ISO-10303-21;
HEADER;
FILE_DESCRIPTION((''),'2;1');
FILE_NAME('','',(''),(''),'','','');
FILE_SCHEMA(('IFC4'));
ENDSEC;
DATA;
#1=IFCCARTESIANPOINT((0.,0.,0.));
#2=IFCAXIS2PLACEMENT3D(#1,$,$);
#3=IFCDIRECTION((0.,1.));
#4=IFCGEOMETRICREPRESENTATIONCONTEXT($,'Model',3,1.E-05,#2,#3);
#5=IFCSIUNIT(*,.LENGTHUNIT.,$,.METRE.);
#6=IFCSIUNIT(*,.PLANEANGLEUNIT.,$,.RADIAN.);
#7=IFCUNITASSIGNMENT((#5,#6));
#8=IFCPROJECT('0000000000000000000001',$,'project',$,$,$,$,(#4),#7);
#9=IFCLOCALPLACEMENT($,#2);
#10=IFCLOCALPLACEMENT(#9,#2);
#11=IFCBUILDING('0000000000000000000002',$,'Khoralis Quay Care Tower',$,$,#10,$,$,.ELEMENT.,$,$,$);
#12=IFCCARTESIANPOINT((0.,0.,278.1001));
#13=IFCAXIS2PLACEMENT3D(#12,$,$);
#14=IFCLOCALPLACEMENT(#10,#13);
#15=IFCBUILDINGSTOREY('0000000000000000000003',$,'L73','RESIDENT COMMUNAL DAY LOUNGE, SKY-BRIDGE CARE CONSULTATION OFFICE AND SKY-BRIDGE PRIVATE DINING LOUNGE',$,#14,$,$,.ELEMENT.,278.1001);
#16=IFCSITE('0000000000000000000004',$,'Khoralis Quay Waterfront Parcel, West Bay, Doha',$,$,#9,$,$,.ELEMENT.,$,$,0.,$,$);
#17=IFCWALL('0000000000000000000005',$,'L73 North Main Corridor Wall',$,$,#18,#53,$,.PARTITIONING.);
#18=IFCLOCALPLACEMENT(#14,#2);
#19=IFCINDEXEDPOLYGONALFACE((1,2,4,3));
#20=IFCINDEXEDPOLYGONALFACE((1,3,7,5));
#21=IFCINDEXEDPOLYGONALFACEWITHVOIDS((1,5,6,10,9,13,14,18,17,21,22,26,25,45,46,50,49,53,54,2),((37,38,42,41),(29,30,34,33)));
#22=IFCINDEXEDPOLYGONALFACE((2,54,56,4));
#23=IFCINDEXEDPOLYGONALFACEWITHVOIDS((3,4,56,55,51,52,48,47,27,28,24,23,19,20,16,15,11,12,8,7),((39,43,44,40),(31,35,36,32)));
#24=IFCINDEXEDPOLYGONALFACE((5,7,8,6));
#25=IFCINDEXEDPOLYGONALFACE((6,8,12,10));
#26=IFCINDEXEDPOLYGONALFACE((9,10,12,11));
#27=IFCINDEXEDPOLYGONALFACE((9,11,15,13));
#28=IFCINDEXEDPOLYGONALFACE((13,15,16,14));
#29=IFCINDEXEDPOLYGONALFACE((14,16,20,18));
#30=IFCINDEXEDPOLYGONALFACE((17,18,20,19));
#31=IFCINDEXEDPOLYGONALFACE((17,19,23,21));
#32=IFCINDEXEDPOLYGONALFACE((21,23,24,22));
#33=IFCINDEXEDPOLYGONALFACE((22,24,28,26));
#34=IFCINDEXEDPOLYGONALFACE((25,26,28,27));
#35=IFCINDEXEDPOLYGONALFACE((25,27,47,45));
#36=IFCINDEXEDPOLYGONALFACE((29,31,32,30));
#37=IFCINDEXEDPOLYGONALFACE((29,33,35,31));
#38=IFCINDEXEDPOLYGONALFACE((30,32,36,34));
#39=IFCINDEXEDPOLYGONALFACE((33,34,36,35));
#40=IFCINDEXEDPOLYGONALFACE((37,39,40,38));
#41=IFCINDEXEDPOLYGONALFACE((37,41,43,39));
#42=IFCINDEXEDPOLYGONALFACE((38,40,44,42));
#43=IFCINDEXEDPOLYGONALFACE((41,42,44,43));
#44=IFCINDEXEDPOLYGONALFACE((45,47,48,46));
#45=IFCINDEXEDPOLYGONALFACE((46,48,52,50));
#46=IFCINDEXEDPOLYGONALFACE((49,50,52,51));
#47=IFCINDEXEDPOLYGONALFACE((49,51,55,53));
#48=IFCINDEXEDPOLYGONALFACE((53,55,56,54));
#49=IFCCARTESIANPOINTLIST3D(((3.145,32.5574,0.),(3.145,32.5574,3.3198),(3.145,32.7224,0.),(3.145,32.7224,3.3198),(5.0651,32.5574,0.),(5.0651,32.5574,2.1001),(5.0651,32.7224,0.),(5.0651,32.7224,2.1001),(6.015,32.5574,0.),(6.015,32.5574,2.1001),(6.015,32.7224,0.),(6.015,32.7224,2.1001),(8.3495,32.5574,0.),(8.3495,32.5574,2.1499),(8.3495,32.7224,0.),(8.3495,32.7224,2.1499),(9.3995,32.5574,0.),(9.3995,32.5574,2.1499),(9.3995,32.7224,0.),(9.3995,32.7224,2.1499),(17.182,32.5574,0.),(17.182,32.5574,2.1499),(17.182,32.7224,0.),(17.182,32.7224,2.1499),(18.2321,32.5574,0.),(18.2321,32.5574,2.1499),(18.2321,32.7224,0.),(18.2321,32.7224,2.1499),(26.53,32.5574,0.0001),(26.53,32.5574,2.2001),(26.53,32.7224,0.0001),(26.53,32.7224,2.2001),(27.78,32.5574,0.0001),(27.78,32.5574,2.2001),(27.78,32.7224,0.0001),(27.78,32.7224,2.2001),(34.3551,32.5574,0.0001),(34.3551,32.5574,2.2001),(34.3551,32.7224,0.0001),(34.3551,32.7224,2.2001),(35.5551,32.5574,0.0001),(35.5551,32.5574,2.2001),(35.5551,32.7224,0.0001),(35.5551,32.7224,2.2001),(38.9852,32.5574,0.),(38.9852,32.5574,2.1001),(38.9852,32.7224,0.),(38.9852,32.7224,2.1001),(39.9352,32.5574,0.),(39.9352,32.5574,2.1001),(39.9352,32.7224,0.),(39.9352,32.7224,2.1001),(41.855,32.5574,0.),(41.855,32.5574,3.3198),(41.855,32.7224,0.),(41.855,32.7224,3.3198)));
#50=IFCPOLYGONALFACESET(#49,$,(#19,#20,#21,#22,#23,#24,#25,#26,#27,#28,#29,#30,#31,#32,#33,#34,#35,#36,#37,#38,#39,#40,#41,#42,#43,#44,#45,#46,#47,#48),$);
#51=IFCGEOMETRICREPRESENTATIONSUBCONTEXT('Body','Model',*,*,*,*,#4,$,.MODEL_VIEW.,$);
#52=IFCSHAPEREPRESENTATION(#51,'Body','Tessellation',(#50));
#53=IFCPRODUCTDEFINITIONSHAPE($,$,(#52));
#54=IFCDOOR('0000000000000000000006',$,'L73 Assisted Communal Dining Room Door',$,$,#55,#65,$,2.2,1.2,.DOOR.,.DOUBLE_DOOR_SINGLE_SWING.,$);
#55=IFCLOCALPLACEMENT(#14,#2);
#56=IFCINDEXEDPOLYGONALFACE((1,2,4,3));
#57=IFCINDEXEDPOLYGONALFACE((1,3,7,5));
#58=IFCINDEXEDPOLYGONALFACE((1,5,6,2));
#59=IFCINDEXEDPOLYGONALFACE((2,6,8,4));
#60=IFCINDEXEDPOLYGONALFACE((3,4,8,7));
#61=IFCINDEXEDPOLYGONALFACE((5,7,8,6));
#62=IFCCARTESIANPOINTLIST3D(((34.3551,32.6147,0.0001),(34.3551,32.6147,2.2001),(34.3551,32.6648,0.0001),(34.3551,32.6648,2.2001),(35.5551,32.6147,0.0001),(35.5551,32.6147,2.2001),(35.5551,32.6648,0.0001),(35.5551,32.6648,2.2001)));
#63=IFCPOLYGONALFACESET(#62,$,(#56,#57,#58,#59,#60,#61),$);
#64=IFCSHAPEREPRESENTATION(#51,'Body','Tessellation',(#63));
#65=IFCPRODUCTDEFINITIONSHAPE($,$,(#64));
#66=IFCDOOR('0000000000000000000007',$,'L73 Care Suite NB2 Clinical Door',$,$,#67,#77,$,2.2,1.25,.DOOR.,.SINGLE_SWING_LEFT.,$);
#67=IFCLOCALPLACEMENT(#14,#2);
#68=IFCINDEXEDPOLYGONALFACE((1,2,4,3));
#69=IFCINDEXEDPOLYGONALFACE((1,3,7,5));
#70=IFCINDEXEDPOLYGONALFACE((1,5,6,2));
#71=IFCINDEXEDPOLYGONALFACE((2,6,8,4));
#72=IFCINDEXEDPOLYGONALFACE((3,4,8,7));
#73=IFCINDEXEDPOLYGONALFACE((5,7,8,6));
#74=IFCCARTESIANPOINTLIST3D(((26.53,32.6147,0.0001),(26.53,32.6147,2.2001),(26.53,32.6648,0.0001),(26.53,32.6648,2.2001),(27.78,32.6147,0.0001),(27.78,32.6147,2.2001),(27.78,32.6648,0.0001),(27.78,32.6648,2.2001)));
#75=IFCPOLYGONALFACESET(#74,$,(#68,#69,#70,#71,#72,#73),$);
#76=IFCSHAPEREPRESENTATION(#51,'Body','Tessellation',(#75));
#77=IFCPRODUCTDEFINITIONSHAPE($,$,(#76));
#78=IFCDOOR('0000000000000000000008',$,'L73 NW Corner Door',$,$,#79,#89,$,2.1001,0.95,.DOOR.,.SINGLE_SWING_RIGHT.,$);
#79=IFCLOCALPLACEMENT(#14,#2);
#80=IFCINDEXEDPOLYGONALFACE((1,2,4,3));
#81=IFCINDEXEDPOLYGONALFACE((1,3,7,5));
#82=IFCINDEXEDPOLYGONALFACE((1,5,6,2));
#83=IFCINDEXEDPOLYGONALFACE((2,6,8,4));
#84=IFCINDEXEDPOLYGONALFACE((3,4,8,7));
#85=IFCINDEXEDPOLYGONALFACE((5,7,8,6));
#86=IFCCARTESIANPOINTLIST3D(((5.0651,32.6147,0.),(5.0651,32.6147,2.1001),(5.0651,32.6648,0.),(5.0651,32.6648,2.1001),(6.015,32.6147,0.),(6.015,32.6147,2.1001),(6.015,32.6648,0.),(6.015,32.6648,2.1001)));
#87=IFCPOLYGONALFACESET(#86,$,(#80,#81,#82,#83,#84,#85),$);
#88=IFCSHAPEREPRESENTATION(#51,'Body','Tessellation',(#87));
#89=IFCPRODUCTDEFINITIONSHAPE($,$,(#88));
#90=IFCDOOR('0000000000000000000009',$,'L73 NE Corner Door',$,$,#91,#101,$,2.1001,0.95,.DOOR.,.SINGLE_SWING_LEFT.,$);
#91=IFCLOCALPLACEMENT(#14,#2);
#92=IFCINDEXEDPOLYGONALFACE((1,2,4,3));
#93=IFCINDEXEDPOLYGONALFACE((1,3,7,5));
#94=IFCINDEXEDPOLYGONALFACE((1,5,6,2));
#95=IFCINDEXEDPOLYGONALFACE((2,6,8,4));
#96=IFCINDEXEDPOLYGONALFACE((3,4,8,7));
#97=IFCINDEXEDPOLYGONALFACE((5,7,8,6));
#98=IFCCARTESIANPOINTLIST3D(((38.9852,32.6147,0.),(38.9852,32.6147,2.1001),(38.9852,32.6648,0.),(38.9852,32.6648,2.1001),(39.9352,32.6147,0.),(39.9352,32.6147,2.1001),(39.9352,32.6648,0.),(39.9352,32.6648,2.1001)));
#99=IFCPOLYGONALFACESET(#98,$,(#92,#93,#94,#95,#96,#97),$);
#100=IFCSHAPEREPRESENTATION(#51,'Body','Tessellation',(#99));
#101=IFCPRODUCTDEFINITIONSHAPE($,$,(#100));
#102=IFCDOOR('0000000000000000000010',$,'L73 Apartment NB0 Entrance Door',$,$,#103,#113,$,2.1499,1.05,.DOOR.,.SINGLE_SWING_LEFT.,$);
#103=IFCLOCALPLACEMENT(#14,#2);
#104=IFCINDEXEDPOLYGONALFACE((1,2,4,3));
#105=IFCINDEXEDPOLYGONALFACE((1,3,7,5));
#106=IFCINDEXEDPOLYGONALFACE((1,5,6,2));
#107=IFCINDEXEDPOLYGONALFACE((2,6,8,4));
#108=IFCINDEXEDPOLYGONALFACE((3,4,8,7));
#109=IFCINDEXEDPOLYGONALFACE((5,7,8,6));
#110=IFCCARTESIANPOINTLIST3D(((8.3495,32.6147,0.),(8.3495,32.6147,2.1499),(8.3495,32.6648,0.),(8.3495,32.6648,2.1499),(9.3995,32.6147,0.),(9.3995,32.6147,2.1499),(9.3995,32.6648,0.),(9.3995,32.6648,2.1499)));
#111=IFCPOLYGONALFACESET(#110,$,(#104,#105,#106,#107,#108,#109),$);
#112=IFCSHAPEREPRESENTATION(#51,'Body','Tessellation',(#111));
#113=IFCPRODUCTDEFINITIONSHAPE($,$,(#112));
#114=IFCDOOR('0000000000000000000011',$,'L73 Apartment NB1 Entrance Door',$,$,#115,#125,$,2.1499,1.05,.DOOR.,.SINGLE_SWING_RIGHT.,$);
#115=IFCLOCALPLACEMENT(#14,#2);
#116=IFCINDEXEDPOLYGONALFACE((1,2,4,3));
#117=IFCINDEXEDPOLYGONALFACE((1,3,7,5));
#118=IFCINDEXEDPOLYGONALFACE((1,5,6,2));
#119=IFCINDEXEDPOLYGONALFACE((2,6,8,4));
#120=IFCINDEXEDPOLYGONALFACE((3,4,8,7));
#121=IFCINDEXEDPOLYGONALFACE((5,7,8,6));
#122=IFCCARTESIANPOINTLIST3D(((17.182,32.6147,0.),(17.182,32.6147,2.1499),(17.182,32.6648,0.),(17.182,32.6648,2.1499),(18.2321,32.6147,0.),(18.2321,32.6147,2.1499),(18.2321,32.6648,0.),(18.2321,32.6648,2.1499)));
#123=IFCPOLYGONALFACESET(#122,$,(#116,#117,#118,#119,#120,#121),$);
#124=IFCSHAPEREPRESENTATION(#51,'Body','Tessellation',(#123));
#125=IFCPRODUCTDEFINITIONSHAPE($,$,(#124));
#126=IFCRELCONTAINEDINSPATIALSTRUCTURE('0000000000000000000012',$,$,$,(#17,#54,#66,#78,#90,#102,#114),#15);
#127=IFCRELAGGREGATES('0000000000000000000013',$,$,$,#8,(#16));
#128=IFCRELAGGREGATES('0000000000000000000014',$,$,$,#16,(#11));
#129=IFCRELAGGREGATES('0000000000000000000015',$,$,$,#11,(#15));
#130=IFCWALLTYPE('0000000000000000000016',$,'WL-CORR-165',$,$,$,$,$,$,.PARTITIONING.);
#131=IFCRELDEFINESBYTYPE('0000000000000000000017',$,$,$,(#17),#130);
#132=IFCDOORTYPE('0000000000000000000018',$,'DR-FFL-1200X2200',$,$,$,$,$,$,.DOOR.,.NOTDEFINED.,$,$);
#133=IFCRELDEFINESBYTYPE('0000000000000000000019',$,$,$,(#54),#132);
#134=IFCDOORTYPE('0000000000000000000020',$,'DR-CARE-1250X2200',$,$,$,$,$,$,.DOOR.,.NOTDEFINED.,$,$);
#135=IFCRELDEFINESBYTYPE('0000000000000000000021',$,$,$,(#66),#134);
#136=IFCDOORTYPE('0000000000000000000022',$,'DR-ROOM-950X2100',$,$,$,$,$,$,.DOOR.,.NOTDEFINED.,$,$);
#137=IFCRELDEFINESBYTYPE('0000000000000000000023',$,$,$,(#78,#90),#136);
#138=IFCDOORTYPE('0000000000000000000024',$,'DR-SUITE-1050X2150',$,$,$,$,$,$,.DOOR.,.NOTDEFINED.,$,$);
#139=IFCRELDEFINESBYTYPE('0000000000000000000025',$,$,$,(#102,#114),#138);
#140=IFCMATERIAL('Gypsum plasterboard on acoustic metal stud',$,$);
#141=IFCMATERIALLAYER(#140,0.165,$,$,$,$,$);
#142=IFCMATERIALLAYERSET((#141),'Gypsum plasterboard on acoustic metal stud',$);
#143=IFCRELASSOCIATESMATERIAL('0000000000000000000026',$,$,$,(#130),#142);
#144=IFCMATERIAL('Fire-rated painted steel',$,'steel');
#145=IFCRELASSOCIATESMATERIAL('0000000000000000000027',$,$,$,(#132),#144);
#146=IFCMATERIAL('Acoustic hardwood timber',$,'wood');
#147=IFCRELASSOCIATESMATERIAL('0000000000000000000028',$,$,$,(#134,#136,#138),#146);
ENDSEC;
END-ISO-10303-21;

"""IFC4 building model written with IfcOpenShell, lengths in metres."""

from ifc_helpers import new_model, si_unit, direction, frame, frame_2d, origin, place, context, subcontext, project, spatial, rectangle, extrude, source, transform, mapped, material, layer, layer_set, type_object, element, fill, save


model = new_model("IFC4")

# Units and contexts
model_context = context("Model", 3, precision=1e-05, world=origin(), true_north=direction((0.0, 1.0)))
body_context = subcontext(model_context, "Body", "Model", "MODEL_VIEW")
ifc_project = project(units=[si_unit("LENGTHUNIT", "METRE"), si_unit("PLANEANGLEUNIT", "RADIAN")], contexts=[model_context])

# Site, building, storey
site_placement = place(None, origin())
site = spatial("IfcSite", under=ifc_project, at=site_placement, Name="Khoralis Quay Waterfront Parcel, West Bay, Doha", CompositionType="ELEMENT", RefElevation=0.0)
building_placement = place(site_placement, origin())
building = spatial("IfcBuilding", under=site, at=building_placement, Name="Khoralis Quay Care Tower", CompositionType="ELEMENT")
storey_placement = place(building_placement, frame((0.0, 0.0, 278.1001)))
storey = spatial("IfcBuildingStorey", under=building, at=storey_placement, Name="L73", Description="RESIDENT COMMUNAL DAY LOUNGE, SKY-BRIDGE CARE CONSULTATION OFFICE AND SKY-BRIDGE PRIVATE DINING LOUNGE", CompositionType="ELEMENT", Elevation=278.1001)

# Shared definitions
ifc_material_1 = material(Name="Gypsum plasterboard on acoustic metal stud")
ifc_layer_1 = layer(ifc_material_1, 0.165)
ifc_layer_set_1 = layer_set([ifc_layer_1], Name="Gypsum plasterboard on acoustic metal stud")
wall_type_1 = type_object("IfcWallType", Name="WL-CORR-165", PredefinedType="PARTITIONING", material=ifc_layer_set_1)
ifc_material_2 = material(Name="Fire-rated painted steel", Category="steel")
door_type_1 = type_object("IfcDoorType", Name="DR-FFL-1200X2200", OperationType="NOTDEFINED", PredefinedType="DOOR", material=ifc_material_2)
shared_shape_1 = source(origin(), body_context, "Body", "SweptSolid", [
    extrude(rectangle(XDim=1.2, YDim=2.2, at=frame_2d((0.6001, 1.1001))), frame((0.0, 0.0249, 0.0), z_axis=(0.0, -1.0, 0.0), x_axis=(1.0, 0.0, 0.0)), (0.0, 0.0, 1.0), 0.05),
])

# Wall, openings, doors
wall_1_placement = place(storey_placement, frame((3.145, 32.6399, 0.0), z_axis=(0.0, 0.0, 1.0), x_axis=(1.0, 0.0, 0.0)))
wall_1 = element("IfcWall", 1, at=wall_1_placement, inside=storey, type_object=wall_type_1, Name="L73 North Main Corridor Wall", PredefinedType="PARTITIONING", context=body_context, shape_type="SweptSolid", body=[
    extrude(rectangle(XDim=38.71, YDim=0.165, at=frame_2d((19.355, 0.0))), origin(), (0.0, 0.0, 1.0), 3.3198),
])
opening_1_placement = place(wall_1_placement, frame((5.2046, 0.0, 0.0)))
opening_1 = element("IfcOpeningElement", 2, at=opening_1_placement, cuts=wall_1, PredefinedType="OPENING", context=body_context, shape_type="SweptSolid", body=[
    extrude(rectangle(XDim=1.05, YDim=2.1499, at=frame_2d((0.5249, 1.075))), frame((0.0, 0.0925, 0.0), z_axis=(0.0, -1.0, 0.0), x_axis=(1.0, 0.0, 0.0)), (0.0, 0.0, 1.0), 0.1851),
])
opening_2_placement = place(wall_1_placement, frame((14.0371, 0.0, 0.0)))
opening_2 = element("IfcOpeningElement", 3, at=opening_2_placement, cuts=wall_1, PredefinedType="OPENING", context=body_context, shape_type="SweptSolid", body=[
    extrude(rectangle(XDim=1.05, YDim=2.1499, at=frame_2d((0.5249, 1.075))), frame((0.0, 0.0925, 0.0), z_axis=(0.0, -1.0, 0.0), x_axis=(1.0, 0.0, 0.0)), (0.0, 0.0, 1.0), 0.1851),
])
opening_3_placement = place(wall_1_placement, frame((23.385, 0.0, 0.0)))
opening_3 = element("IfcOpeningElement", 4, at=opening_3_placement, cuts=wall_1, PredefinedType="OPENING", context=body_context, shape_type="SweptSolid", body=[
    extrude(rectangle(XDim=1.25, YDim=2.2, at=frame_2d((0.625, 1.1001))), frame((0.0, 0.0925, 0.0), z_axis=(0.0, -1.0, 0.0), x_axis=(1.0, 0.0, 0.0)), (0.0, 0.0, 1.0), 0.1851),
])
opening_4_placement = place(wall_1_placement, frame((31.21, 0.0, 0.0)))
opening_4 = element("IfcOpeningElement", 5, at=opening_4_placement, cuts=wall_1, PredefinedType="OPENING", context=body_context, shape_type="SweptSolid", body=[
    extrude(rectangle(XDim=1.2, YDim=2.2, at=frame_2d((0.6001, 1.1001))), frame((0.0, 0.0925, 0.0), z_axis=(0.0, -1.0, 0.0), x_axis=(1.0, 0.0, 0.0)), (0.0, 0.0, 1.0), 0.1851),
])
opening_5_placement = place(wall_1_placement, frame((1.9199, 0.0, 0.0)))
opening_5 = element("IfcOpeningElement", 6, at=opening_5_placement, cuts=wall_1, PredefinedType="OPENING", context=body_context, shape_type="SweptSolid", body=[
    extrude(rectangle(XDim=0.95, YDim=2.1001, at=frame_2d((0.4751, 1.05))), frame((0.0, 0.0925, 0.0), z_axis=(0.0, -1.0, 0.0), x_axis=(1.0, 0.0, 0.0)), (0.0, 0.0, 1.0), 0.1851),
])
opening_6_placement = place(wall_1_placement, frame((35.8401, 0.0, 0.0)))
opening_6 = element("IfcOpeningElement", 7, at=opening_6_placement, cuts=wall_1, PredefinedType="OPENING", context=body_context, shape_type="SweptSolid", body=[
    extrude(rectangle(XDim=0.95, YDim=2.1001, at=frame_2d((0.4751, 1.05))), frame((0.0, 0.0925, 0.0), z_axis=(0.0, -1.0, 0.0), x_axis=(1.0, 0.0, 0.0)), (0.0, 0.0, 1.0), 0.1851),
])
door_1_placement = place(opening_4_placement, origin())
door_1 = element("IfcDoor", 8, at=door_1_placement, inside=storey, type_object=door_type_1, Name="L73 Assisted Communal Dining Room Door", OperationType="DOUBLE_DOOR_SINGLE_SWING", OverallHeight=2.2, OverallWidth=1.2, PredefinedType="DOOR", context=body_context, shape_type="MappedRepresentation", body=[
    mapped(shared_shape_1, transform((0.0, 0.0, 0.0), scale=1.0)),
])
fill(opening_4, door_1)
ifc_material_3 = material(Name="Acoustic hardwood timber", Category="wood")
door_type_2 = type_object("IfcDoorType", Name="DR-CARE-1250X2200", OperationType="NOTDEFINED", PredefinedType="DOOR", material=ifc_material_3)
shared_shape_2 = source(origin(), body_context, "Body", "SweptSolid", [
    extrude(rectangle(XDim=1.25, YDim=2.2, at=frame_2d((0.625, 1.1001))), frame((0.0, 0.0249, 0.0), z_axis=(0.0, -1.0, 0.0), x_axis=(1.0, 0.0, 0.0)), (0.0, 0.0, 1.0), 0.05),
])
door_2_placement = place(opening_3_placement, origin())
door_2 = element("IfcDoor", 9, at=door_2_placement, inside=storey, type_object=door_type_2, Name="L73 Care Suite NB2 Clinical Door", OperationType="SINGLE_SWING_LEFT", OverallHeight=2.2, OverallWidth=1.25, PredefinedType="DOOR", context=body_context, shape_type="MappedRepresentation", body=[
    mapped(shared_shape_2, transform((0.0, 0.0, 0.0), scale=1.0)),
])
fill(opening_3, door_2)
door_type_3 = type_object("IfcDoorType", Name="DR-ROOM-950X2100", OperationType="NOTDEFINED", PredefinedType="DOOR", material=ifc_material_3)
shared_shape_3 = source(origin(), body_context, "Body", "SweptSolid", [
    extrude(rectangle(XDim=0.95, YDim=2.1001, at=frame_2d((0.4751, 1.05))), frame((0.0, 0.0249, 0.0), z_axis=(0.0, -1.0, 0.0), x_axis=(1.0, 0.0, 0.0)), (0.0, 0.0, 1.0), 0.05),
])
door_3_placement = place(opening_5_placement, origin())
door_3 = element("IfcDoor", 10, at=door_3_placement, inside=storey, type_object=door_type_3, Name="L73 NW Corner Door", OperationType="SINGLE_SWING_RIGHT", OverallHeight=2.1001, OverallWidth=0.95, PredefinedType="DOOR", context=body_context, shape_type="MappedRepresentation", body=[
    mapped(shared_shape_3, transform((0.0, 0.0, 0.0), scale=1.0)),
])
fill(opening_5, door_3)
door_4_placement = place(opening_6_placement, origin())
door_4 = element("IfcDoor", 11, at=door_4_placement, inside=storey, type_object=door_type_3, Name="L73 NE Corner Door", OperationType="SINGLE_SWING_LEFT", OverallHeight=2.1001, OverallWidth=0.95, PredefinedType="DOOR", context=body_context, shape_type="MappedRepresentation", body=[
    mapped(shared_shape_3, transform((0.0, 0.0, 0.0), scale=1.0)),
])
fill(opening_6, door_4)
door_type_4 = type_object("IfcDoorType", Name="DR-SUITE-1050X2150", OperationType="NOTDEFINED", PredefinedType="DOOR", material=ifc_material_3)
shared_shape_4 = source(origin(), body_context, "Body", "SweptSolid", [
    extrude(rectangle(XDim=1.05, YDim=2.1499, at=frame_2d((0.5249, 1.075))), frame((0.0, 0.0249, 0.0), z_axis=(0.0, -1.0, 0.0), x_axis=(1.0, 0.0, 0.0)), (0.0, 0.0, 1.0), 0.05),
])
door_5_placement = place(opening_1_placement, origin())
door_5 = element("IfcDoor", 12, at=door_5_placement, inside=storey, type_object=door_type_4, Name="L73 Apartment NB0 Entrance Door", OperationType="SINGLE_SWING_LEFT", OverallHeight=2.1499, OverallWidth=1.05, PredefinedType="DOOR", context=body_context, shape_type="MappedRepresentation", body=[
    mapped(shared_shape_4, transform((0.0, 0.0, 0.0), scale=1.0)),
])
fill(opening_1, door_5)
door_6_placement = place(opening_2_placement, origin())
door_6 = element("IfcDoor", 13, at=door_6_placement, inside=storey, type_object=door_type_4, Name="L73 Apartment NB1 Entrance Door", OperationType="SINGLE_SWING_RIGHT", OverallHeight=2.1499, OverallWidth=1.05, PredefinedType="DOOR", context=body_context, shape_type="MappedRepresentation", body=[
    mapped(shared_shape_4, transform((0.0, 0.0, 0.0), scale=1.0)),
])
fill(opening_2, door_6)

save(model, "model.ifc")
